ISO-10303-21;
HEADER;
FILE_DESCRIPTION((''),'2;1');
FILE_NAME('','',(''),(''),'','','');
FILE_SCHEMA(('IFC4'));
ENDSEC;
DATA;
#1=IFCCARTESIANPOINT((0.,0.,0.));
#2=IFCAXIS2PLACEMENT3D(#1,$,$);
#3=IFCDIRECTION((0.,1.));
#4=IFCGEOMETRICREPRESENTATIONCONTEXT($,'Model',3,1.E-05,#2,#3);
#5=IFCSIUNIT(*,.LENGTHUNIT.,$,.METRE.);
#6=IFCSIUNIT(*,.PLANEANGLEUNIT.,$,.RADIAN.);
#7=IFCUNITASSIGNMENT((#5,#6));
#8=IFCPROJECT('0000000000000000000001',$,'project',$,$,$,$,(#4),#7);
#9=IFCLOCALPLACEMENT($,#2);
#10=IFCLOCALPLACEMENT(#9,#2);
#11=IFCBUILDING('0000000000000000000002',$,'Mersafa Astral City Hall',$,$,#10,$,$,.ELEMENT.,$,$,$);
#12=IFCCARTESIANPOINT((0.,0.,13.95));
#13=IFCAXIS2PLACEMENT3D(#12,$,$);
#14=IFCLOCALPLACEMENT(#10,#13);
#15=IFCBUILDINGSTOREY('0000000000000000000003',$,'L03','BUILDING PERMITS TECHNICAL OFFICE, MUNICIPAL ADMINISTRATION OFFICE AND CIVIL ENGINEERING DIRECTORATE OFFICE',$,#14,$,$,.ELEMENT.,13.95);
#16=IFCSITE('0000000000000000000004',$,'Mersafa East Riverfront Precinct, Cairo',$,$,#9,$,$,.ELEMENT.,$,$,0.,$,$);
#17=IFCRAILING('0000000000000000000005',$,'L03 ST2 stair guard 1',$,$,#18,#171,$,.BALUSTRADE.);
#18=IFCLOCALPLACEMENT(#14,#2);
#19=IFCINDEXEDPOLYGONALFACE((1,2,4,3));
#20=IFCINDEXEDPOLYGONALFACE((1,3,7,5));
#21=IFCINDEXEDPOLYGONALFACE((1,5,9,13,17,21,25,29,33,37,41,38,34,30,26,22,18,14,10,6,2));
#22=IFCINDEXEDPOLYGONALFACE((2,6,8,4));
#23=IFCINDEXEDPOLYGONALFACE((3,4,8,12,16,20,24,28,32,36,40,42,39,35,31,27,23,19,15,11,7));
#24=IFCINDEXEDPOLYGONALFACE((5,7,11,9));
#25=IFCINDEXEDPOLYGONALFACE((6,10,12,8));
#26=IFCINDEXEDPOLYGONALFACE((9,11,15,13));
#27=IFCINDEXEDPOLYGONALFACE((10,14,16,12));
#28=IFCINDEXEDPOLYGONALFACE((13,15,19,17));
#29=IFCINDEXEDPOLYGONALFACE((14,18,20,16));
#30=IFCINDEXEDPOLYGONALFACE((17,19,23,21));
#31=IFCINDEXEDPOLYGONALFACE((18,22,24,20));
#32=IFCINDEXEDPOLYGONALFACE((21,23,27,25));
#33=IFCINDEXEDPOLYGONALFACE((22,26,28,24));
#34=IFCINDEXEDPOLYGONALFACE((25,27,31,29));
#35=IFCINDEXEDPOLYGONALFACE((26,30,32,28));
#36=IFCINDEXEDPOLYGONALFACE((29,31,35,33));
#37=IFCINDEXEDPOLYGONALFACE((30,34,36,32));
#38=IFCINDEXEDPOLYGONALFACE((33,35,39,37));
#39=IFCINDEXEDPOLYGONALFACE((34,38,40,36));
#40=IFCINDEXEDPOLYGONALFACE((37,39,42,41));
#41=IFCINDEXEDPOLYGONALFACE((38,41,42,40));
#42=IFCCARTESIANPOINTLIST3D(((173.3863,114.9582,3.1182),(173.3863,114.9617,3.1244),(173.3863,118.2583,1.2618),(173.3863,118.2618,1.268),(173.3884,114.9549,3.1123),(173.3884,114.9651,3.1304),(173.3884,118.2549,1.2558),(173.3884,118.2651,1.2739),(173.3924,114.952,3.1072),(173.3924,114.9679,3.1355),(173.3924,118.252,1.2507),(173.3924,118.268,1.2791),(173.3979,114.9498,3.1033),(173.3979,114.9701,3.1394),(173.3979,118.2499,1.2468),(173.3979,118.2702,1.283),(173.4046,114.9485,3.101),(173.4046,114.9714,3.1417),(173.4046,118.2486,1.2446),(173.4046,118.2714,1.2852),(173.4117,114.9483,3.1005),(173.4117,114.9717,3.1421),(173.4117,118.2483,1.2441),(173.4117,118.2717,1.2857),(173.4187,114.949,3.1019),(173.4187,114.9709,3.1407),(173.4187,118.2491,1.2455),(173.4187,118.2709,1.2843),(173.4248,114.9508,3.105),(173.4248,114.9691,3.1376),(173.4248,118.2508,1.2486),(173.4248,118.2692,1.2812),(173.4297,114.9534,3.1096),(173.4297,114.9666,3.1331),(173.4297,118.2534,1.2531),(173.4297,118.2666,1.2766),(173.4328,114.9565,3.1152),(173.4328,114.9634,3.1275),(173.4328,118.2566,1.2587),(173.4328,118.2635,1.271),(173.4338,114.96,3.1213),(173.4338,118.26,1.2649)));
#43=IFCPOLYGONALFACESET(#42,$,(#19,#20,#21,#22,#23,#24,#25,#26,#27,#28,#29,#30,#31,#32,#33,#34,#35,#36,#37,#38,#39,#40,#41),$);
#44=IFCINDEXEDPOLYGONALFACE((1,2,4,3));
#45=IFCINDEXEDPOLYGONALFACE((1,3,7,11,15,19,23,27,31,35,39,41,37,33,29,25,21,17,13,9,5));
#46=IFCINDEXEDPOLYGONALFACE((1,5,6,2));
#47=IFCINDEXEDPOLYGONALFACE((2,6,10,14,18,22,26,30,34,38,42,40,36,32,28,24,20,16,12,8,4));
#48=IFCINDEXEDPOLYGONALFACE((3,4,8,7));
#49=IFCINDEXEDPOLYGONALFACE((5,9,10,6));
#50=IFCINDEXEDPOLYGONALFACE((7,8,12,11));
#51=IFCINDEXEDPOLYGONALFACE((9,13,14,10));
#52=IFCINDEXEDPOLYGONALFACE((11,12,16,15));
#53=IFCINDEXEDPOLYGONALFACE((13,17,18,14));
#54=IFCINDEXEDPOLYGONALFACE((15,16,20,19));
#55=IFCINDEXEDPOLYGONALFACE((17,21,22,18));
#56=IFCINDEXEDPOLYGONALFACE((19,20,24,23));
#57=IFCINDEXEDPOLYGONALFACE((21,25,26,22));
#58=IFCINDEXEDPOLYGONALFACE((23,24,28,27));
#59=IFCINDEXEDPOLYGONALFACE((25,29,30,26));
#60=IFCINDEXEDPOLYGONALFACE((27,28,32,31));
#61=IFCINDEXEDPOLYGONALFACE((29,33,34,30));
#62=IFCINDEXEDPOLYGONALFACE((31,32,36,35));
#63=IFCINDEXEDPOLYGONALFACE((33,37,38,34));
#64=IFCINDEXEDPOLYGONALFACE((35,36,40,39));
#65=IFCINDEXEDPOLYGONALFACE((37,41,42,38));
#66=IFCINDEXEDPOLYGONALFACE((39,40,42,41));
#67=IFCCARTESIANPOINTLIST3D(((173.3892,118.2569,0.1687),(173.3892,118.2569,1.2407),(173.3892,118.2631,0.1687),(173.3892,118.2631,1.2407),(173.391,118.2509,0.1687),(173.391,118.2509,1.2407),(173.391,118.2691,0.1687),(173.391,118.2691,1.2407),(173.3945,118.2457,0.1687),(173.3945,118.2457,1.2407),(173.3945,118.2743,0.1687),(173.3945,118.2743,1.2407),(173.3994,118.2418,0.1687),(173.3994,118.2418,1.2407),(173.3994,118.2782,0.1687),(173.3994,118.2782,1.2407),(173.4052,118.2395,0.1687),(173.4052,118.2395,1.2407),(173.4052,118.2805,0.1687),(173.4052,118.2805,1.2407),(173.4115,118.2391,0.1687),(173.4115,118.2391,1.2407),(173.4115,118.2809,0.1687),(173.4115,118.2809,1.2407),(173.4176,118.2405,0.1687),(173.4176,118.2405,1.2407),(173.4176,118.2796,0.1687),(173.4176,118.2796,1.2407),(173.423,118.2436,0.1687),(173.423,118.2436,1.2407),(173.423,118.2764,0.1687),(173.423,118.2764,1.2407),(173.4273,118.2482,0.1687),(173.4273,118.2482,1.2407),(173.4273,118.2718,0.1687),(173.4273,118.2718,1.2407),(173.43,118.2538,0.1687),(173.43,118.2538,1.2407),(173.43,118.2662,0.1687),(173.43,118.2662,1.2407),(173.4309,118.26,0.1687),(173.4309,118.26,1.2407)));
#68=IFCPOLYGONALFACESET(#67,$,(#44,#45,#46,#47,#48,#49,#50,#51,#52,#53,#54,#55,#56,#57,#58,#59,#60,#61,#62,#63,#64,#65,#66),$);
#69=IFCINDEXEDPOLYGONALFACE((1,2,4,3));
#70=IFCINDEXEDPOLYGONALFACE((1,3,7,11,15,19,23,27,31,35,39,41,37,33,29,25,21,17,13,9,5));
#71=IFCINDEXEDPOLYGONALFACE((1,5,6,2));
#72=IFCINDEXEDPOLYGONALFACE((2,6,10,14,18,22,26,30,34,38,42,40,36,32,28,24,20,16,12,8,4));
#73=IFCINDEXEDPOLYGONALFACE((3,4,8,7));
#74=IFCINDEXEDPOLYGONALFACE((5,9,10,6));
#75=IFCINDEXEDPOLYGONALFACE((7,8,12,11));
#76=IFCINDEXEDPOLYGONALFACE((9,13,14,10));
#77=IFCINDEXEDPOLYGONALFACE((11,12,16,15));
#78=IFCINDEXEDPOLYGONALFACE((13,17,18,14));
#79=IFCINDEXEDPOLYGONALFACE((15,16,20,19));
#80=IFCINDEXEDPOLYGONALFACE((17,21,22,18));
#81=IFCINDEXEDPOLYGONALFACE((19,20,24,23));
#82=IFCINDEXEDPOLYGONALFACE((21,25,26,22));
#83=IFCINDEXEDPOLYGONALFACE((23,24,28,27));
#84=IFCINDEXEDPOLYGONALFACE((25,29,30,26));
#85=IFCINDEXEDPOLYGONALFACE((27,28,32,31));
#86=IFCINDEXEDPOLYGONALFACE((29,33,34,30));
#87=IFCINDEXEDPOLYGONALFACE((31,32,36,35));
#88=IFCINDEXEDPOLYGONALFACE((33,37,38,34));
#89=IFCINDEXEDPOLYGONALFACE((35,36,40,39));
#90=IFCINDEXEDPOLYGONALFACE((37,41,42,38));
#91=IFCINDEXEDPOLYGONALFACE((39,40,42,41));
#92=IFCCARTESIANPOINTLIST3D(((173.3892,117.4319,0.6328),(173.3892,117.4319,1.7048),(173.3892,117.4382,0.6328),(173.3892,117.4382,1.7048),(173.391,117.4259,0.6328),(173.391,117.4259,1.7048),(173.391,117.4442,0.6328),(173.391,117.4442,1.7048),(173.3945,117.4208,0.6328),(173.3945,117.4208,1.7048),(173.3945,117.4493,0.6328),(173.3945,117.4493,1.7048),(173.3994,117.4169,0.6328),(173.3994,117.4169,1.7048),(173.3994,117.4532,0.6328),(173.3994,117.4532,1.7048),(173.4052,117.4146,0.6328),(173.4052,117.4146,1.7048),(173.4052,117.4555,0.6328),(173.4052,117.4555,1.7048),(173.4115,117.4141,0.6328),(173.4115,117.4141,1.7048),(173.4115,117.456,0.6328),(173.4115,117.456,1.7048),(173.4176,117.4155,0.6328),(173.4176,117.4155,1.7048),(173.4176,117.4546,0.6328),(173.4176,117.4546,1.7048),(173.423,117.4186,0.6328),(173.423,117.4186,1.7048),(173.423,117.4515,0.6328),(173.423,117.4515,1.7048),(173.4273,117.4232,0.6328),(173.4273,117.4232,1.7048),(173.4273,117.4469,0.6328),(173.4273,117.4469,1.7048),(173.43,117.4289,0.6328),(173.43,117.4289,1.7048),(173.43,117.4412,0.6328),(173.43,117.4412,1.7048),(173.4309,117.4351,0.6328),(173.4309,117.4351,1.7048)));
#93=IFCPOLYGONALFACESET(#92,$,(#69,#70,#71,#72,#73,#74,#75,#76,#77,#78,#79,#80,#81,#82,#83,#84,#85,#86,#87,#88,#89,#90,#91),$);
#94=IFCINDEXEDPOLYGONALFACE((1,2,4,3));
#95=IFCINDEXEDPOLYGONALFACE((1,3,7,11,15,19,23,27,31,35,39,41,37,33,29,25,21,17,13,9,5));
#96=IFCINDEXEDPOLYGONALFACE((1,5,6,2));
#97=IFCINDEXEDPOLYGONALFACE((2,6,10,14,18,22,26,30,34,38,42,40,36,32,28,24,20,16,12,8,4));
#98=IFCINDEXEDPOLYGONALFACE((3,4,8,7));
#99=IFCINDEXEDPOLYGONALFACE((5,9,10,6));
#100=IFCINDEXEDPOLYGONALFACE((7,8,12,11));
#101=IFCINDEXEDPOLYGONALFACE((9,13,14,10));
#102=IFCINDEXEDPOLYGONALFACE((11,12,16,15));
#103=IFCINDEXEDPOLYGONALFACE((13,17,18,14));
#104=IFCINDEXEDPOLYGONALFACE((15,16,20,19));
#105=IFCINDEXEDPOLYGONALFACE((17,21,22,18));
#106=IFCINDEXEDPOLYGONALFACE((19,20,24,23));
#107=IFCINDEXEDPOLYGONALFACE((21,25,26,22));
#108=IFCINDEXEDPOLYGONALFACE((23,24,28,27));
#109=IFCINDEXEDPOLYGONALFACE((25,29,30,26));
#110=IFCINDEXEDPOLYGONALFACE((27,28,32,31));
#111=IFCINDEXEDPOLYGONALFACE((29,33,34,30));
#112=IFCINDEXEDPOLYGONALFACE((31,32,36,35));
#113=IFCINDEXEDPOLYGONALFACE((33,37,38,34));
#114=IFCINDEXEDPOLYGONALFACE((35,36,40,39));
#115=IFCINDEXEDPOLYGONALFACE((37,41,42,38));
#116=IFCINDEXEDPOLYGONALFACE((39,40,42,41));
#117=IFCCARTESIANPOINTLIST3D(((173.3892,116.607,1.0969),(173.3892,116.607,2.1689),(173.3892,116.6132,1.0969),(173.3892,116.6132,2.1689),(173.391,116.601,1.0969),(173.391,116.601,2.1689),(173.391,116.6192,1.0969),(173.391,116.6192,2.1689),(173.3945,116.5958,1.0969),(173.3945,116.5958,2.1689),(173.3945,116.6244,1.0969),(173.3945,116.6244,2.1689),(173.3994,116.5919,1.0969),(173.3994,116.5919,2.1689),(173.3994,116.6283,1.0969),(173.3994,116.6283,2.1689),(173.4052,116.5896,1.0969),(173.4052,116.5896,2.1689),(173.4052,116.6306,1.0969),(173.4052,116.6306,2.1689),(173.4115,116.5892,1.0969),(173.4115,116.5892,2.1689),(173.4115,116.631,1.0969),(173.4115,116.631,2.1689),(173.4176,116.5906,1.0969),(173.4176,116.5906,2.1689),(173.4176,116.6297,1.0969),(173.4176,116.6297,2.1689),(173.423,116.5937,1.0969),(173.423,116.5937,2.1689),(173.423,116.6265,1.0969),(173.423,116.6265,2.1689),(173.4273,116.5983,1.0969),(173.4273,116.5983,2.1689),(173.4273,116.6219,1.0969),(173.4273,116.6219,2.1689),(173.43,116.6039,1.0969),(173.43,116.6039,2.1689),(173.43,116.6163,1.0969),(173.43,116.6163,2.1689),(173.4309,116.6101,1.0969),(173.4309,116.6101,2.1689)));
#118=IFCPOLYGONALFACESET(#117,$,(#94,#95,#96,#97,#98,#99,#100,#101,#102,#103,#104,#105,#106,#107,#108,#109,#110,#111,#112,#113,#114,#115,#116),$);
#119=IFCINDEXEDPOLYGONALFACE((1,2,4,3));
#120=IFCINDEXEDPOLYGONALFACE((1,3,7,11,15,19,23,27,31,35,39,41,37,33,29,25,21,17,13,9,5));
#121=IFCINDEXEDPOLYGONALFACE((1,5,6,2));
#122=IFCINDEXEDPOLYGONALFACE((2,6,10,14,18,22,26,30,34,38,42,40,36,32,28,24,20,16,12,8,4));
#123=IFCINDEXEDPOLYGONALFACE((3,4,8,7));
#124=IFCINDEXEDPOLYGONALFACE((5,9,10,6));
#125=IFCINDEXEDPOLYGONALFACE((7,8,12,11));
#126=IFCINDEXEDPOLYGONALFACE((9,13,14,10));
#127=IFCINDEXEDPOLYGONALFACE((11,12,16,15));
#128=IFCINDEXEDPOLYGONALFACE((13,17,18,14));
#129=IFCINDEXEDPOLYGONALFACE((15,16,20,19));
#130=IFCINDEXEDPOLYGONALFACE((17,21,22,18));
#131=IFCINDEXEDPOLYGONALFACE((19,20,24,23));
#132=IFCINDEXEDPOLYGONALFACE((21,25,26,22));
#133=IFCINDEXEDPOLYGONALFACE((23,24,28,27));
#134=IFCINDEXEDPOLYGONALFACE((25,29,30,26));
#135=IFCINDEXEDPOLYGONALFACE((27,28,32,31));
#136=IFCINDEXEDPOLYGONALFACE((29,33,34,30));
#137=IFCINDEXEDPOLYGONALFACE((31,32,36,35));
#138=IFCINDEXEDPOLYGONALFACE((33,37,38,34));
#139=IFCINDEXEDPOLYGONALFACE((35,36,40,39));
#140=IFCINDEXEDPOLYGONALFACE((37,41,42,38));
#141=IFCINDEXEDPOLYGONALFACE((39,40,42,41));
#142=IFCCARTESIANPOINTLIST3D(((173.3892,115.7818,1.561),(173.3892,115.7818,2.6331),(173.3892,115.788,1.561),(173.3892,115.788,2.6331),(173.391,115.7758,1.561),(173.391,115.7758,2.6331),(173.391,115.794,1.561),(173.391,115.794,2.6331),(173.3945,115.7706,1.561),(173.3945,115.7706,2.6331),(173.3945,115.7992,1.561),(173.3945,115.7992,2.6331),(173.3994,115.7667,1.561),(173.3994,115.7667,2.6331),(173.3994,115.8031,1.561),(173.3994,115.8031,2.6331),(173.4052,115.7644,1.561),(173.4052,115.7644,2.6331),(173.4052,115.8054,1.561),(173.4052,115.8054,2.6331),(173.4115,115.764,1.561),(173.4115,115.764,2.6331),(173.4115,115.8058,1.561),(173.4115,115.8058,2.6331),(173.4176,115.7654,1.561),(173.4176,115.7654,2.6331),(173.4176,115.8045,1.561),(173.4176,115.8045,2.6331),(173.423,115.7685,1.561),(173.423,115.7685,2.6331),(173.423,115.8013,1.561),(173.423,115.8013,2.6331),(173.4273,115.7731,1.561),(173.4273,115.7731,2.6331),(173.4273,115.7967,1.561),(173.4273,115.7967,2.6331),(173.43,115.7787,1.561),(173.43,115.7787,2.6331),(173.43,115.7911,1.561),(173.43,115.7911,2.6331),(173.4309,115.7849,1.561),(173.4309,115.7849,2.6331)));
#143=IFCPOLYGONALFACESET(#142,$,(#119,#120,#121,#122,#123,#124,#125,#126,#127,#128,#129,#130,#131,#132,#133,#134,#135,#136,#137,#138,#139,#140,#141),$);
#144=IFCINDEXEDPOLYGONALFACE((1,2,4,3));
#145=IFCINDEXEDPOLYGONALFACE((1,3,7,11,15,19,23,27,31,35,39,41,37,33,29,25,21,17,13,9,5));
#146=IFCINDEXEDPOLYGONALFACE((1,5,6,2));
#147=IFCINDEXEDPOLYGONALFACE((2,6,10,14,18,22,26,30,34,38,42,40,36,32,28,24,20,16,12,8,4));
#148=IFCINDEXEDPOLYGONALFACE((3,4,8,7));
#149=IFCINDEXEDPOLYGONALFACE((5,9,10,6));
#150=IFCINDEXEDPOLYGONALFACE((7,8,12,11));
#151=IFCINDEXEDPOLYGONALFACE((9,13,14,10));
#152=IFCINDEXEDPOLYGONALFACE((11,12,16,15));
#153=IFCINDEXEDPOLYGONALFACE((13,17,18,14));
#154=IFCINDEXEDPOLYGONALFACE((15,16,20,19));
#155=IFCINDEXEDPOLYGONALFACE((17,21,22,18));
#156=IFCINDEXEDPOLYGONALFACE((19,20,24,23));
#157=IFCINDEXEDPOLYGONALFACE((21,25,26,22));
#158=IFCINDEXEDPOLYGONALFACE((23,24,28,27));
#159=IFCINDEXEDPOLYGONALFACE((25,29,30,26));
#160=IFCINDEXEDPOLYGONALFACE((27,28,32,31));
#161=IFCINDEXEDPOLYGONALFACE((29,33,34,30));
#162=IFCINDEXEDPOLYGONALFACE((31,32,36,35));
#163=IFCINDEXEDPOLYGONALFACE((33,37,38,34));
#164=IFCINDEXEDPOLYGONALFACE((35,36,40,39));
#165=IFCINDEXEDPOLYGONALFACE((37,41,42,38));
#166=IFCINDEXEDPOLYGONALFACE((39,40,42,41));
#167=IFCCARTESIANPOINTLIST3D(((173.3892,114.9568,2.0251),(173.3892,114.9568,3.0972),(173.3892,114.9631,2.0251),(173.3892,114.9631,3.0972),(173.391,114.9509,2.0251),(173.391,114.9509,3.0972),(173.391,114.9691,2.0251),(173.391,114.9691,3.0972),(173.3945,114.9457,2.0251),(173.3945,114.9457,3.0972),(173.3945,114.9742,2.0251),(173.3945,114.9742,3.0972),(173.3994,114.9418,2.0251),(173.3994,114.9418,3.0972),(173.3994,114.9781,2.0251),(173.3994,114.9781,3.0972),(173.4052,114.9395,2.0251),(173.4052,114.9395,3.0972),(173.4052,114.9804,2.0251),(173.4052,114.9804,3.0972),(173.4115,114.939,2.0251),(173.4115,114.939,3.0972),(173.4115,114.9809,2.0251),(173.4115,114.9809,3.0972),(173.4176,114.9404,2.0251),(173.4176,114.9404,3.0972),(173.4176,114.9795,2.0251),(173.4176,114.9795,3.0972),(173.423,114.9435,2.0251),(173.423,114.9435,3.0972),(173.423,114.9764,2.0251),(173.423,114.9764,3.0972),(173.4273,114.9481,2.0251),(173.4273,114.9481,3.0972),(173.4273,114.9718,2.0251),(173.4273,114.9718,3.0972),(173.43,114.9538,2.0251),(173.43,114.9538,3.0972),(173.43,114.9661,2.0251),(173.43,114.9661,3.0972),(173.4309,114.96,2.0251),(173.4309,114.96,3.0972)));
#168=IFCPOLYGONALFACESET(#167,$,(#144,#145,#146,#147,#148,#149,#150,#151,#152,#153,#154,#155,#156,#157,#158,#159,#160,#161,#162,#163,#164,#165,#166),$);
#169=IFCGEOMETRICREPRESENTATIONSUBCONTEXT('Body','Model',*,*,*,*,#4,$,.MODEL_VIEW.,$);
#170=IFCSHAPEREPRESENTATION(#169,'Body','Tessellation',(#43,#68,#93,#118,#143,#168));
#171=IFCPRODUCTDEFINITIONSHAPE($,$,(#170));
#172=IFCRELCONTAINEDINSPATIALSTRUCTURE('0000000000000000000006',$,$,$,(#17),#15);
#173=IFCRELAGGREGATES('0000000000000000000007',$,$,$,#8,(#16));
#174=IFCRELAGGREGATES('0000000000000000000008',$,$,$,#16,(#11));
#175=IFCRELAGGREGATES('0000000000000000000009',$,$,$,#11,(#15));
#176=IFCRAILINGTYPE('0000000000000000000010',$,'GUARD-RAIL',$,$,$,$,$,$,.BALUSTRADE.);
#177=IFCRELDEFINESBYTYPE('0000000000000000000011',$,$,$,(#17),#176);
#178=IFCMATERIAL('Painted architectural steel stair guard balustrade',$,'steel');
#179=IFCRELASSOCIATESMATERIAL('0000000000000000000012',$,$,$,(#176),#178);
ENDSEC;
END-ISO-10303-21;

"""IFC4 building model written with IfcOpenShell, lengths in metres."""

from ifc_helpers import new_model, si_unit, direction, frame, origin, origin_2d, place, context, subcontext, project, spatial, circle, extrude, material, type_object, element, save


model = new_model("IFC4")

# Units and contexts
model_context = context("Model", 3, precision=1e-05, world=origin(), true_north=direction((0.0, 1.0)))
body_context = subcontext(model_context, "Body", "Model", "MODEL_VIEW")
ifc_project = project(units=[si_unit("LENGTHUNIT", "METRE"), si_unit("PLANEANGLEUNIT", "RADIAN")], contexts=[model_context])

# Site, building, storey
site_placement = place(None, origin())
site = spatial("IfcSite", under=ifc_project, at=site_placement, Name="Mersafa East Riverfront Precinct, Cairo", CompositionType="ELEMENT", RefElevation=0.0)
building_placement = place(site_placement, origin())
building = spatial("IfcBuilding", under=site, at=building_placement, Name="Mersafa Astral City Hall", CompositionType="ELEMENT")
storey_placement = place(building_placement, frame((0.0, 0.0, 13.95)))
storey = spatial("IfcBuildingStorey", under=building, at=storey_placement, Name="L03", Description="BUILDING PERMITS TECHNICAL OFFICE, MUNICIPAL ADMINISTRATION OFFICE AND CIVIL ENGINEERING DIRECTORATE OFFICE", CompositionType="ELEMENT", Elevation=13.95)

# Railing
ifc_material_1 = material(Name="Painted architectural steel stair guard balustrade", Category="steel")
railing_type = type_object("IfcRailingType", Name="GUARD-RAIL", PredefinedType="BALUSTRADE", material=ifc_material_1)
railing_1_placement = place(storey_placement, frame((173.4099, 118.26, 0.1687)))
element("IfcRailing", 1, at=railing_1_placement, inside=storey, type_object=railing_type, Name="L03 ST2 stair guard 1", PredefinedType="BALUSTRADE", context=body_context, shape_type="SweptSolid", body=[
    extrude(circle(Radius=0.0239, at=origin_2d()), frame((0.0, 0.0, 1.0962), z_axis=(0.0, -0.871557, 0.490295), x_axis=(1.0, 0.0, 0.0)), (0.0, 0.0, 1.0), 3.7864),
    extrude(circle(Radius=0.021, at=origin_2d()), origin(), (0.0, 0.0, 1.0), 1.072),
    extrude(circle(Radius=0.021, at=origin_2d()), frame((0.0, -0.825, 0.4641)), (0.0, 0.0, 1.0), 1.072),
    extrude(circle(Radius=0.021, at=origin_2d()), frame((0.0, -1.6499, 0.9282)), (0.0, 0.0, 1.0), 1.072),
    extrude(circle(Radius=0.021, at=origin_2d()), frame((0.0, -2.4751, 1.3923)), (0.0, 0.0, 1.0), 1.072),
    extrude(circle(Radius=0.021, at=origin_2d()), frame((0.0, -3.3, 1.8564)), (0.0, 0.0, 1.0), 1.072),
])

save(model, "model.ifc")
